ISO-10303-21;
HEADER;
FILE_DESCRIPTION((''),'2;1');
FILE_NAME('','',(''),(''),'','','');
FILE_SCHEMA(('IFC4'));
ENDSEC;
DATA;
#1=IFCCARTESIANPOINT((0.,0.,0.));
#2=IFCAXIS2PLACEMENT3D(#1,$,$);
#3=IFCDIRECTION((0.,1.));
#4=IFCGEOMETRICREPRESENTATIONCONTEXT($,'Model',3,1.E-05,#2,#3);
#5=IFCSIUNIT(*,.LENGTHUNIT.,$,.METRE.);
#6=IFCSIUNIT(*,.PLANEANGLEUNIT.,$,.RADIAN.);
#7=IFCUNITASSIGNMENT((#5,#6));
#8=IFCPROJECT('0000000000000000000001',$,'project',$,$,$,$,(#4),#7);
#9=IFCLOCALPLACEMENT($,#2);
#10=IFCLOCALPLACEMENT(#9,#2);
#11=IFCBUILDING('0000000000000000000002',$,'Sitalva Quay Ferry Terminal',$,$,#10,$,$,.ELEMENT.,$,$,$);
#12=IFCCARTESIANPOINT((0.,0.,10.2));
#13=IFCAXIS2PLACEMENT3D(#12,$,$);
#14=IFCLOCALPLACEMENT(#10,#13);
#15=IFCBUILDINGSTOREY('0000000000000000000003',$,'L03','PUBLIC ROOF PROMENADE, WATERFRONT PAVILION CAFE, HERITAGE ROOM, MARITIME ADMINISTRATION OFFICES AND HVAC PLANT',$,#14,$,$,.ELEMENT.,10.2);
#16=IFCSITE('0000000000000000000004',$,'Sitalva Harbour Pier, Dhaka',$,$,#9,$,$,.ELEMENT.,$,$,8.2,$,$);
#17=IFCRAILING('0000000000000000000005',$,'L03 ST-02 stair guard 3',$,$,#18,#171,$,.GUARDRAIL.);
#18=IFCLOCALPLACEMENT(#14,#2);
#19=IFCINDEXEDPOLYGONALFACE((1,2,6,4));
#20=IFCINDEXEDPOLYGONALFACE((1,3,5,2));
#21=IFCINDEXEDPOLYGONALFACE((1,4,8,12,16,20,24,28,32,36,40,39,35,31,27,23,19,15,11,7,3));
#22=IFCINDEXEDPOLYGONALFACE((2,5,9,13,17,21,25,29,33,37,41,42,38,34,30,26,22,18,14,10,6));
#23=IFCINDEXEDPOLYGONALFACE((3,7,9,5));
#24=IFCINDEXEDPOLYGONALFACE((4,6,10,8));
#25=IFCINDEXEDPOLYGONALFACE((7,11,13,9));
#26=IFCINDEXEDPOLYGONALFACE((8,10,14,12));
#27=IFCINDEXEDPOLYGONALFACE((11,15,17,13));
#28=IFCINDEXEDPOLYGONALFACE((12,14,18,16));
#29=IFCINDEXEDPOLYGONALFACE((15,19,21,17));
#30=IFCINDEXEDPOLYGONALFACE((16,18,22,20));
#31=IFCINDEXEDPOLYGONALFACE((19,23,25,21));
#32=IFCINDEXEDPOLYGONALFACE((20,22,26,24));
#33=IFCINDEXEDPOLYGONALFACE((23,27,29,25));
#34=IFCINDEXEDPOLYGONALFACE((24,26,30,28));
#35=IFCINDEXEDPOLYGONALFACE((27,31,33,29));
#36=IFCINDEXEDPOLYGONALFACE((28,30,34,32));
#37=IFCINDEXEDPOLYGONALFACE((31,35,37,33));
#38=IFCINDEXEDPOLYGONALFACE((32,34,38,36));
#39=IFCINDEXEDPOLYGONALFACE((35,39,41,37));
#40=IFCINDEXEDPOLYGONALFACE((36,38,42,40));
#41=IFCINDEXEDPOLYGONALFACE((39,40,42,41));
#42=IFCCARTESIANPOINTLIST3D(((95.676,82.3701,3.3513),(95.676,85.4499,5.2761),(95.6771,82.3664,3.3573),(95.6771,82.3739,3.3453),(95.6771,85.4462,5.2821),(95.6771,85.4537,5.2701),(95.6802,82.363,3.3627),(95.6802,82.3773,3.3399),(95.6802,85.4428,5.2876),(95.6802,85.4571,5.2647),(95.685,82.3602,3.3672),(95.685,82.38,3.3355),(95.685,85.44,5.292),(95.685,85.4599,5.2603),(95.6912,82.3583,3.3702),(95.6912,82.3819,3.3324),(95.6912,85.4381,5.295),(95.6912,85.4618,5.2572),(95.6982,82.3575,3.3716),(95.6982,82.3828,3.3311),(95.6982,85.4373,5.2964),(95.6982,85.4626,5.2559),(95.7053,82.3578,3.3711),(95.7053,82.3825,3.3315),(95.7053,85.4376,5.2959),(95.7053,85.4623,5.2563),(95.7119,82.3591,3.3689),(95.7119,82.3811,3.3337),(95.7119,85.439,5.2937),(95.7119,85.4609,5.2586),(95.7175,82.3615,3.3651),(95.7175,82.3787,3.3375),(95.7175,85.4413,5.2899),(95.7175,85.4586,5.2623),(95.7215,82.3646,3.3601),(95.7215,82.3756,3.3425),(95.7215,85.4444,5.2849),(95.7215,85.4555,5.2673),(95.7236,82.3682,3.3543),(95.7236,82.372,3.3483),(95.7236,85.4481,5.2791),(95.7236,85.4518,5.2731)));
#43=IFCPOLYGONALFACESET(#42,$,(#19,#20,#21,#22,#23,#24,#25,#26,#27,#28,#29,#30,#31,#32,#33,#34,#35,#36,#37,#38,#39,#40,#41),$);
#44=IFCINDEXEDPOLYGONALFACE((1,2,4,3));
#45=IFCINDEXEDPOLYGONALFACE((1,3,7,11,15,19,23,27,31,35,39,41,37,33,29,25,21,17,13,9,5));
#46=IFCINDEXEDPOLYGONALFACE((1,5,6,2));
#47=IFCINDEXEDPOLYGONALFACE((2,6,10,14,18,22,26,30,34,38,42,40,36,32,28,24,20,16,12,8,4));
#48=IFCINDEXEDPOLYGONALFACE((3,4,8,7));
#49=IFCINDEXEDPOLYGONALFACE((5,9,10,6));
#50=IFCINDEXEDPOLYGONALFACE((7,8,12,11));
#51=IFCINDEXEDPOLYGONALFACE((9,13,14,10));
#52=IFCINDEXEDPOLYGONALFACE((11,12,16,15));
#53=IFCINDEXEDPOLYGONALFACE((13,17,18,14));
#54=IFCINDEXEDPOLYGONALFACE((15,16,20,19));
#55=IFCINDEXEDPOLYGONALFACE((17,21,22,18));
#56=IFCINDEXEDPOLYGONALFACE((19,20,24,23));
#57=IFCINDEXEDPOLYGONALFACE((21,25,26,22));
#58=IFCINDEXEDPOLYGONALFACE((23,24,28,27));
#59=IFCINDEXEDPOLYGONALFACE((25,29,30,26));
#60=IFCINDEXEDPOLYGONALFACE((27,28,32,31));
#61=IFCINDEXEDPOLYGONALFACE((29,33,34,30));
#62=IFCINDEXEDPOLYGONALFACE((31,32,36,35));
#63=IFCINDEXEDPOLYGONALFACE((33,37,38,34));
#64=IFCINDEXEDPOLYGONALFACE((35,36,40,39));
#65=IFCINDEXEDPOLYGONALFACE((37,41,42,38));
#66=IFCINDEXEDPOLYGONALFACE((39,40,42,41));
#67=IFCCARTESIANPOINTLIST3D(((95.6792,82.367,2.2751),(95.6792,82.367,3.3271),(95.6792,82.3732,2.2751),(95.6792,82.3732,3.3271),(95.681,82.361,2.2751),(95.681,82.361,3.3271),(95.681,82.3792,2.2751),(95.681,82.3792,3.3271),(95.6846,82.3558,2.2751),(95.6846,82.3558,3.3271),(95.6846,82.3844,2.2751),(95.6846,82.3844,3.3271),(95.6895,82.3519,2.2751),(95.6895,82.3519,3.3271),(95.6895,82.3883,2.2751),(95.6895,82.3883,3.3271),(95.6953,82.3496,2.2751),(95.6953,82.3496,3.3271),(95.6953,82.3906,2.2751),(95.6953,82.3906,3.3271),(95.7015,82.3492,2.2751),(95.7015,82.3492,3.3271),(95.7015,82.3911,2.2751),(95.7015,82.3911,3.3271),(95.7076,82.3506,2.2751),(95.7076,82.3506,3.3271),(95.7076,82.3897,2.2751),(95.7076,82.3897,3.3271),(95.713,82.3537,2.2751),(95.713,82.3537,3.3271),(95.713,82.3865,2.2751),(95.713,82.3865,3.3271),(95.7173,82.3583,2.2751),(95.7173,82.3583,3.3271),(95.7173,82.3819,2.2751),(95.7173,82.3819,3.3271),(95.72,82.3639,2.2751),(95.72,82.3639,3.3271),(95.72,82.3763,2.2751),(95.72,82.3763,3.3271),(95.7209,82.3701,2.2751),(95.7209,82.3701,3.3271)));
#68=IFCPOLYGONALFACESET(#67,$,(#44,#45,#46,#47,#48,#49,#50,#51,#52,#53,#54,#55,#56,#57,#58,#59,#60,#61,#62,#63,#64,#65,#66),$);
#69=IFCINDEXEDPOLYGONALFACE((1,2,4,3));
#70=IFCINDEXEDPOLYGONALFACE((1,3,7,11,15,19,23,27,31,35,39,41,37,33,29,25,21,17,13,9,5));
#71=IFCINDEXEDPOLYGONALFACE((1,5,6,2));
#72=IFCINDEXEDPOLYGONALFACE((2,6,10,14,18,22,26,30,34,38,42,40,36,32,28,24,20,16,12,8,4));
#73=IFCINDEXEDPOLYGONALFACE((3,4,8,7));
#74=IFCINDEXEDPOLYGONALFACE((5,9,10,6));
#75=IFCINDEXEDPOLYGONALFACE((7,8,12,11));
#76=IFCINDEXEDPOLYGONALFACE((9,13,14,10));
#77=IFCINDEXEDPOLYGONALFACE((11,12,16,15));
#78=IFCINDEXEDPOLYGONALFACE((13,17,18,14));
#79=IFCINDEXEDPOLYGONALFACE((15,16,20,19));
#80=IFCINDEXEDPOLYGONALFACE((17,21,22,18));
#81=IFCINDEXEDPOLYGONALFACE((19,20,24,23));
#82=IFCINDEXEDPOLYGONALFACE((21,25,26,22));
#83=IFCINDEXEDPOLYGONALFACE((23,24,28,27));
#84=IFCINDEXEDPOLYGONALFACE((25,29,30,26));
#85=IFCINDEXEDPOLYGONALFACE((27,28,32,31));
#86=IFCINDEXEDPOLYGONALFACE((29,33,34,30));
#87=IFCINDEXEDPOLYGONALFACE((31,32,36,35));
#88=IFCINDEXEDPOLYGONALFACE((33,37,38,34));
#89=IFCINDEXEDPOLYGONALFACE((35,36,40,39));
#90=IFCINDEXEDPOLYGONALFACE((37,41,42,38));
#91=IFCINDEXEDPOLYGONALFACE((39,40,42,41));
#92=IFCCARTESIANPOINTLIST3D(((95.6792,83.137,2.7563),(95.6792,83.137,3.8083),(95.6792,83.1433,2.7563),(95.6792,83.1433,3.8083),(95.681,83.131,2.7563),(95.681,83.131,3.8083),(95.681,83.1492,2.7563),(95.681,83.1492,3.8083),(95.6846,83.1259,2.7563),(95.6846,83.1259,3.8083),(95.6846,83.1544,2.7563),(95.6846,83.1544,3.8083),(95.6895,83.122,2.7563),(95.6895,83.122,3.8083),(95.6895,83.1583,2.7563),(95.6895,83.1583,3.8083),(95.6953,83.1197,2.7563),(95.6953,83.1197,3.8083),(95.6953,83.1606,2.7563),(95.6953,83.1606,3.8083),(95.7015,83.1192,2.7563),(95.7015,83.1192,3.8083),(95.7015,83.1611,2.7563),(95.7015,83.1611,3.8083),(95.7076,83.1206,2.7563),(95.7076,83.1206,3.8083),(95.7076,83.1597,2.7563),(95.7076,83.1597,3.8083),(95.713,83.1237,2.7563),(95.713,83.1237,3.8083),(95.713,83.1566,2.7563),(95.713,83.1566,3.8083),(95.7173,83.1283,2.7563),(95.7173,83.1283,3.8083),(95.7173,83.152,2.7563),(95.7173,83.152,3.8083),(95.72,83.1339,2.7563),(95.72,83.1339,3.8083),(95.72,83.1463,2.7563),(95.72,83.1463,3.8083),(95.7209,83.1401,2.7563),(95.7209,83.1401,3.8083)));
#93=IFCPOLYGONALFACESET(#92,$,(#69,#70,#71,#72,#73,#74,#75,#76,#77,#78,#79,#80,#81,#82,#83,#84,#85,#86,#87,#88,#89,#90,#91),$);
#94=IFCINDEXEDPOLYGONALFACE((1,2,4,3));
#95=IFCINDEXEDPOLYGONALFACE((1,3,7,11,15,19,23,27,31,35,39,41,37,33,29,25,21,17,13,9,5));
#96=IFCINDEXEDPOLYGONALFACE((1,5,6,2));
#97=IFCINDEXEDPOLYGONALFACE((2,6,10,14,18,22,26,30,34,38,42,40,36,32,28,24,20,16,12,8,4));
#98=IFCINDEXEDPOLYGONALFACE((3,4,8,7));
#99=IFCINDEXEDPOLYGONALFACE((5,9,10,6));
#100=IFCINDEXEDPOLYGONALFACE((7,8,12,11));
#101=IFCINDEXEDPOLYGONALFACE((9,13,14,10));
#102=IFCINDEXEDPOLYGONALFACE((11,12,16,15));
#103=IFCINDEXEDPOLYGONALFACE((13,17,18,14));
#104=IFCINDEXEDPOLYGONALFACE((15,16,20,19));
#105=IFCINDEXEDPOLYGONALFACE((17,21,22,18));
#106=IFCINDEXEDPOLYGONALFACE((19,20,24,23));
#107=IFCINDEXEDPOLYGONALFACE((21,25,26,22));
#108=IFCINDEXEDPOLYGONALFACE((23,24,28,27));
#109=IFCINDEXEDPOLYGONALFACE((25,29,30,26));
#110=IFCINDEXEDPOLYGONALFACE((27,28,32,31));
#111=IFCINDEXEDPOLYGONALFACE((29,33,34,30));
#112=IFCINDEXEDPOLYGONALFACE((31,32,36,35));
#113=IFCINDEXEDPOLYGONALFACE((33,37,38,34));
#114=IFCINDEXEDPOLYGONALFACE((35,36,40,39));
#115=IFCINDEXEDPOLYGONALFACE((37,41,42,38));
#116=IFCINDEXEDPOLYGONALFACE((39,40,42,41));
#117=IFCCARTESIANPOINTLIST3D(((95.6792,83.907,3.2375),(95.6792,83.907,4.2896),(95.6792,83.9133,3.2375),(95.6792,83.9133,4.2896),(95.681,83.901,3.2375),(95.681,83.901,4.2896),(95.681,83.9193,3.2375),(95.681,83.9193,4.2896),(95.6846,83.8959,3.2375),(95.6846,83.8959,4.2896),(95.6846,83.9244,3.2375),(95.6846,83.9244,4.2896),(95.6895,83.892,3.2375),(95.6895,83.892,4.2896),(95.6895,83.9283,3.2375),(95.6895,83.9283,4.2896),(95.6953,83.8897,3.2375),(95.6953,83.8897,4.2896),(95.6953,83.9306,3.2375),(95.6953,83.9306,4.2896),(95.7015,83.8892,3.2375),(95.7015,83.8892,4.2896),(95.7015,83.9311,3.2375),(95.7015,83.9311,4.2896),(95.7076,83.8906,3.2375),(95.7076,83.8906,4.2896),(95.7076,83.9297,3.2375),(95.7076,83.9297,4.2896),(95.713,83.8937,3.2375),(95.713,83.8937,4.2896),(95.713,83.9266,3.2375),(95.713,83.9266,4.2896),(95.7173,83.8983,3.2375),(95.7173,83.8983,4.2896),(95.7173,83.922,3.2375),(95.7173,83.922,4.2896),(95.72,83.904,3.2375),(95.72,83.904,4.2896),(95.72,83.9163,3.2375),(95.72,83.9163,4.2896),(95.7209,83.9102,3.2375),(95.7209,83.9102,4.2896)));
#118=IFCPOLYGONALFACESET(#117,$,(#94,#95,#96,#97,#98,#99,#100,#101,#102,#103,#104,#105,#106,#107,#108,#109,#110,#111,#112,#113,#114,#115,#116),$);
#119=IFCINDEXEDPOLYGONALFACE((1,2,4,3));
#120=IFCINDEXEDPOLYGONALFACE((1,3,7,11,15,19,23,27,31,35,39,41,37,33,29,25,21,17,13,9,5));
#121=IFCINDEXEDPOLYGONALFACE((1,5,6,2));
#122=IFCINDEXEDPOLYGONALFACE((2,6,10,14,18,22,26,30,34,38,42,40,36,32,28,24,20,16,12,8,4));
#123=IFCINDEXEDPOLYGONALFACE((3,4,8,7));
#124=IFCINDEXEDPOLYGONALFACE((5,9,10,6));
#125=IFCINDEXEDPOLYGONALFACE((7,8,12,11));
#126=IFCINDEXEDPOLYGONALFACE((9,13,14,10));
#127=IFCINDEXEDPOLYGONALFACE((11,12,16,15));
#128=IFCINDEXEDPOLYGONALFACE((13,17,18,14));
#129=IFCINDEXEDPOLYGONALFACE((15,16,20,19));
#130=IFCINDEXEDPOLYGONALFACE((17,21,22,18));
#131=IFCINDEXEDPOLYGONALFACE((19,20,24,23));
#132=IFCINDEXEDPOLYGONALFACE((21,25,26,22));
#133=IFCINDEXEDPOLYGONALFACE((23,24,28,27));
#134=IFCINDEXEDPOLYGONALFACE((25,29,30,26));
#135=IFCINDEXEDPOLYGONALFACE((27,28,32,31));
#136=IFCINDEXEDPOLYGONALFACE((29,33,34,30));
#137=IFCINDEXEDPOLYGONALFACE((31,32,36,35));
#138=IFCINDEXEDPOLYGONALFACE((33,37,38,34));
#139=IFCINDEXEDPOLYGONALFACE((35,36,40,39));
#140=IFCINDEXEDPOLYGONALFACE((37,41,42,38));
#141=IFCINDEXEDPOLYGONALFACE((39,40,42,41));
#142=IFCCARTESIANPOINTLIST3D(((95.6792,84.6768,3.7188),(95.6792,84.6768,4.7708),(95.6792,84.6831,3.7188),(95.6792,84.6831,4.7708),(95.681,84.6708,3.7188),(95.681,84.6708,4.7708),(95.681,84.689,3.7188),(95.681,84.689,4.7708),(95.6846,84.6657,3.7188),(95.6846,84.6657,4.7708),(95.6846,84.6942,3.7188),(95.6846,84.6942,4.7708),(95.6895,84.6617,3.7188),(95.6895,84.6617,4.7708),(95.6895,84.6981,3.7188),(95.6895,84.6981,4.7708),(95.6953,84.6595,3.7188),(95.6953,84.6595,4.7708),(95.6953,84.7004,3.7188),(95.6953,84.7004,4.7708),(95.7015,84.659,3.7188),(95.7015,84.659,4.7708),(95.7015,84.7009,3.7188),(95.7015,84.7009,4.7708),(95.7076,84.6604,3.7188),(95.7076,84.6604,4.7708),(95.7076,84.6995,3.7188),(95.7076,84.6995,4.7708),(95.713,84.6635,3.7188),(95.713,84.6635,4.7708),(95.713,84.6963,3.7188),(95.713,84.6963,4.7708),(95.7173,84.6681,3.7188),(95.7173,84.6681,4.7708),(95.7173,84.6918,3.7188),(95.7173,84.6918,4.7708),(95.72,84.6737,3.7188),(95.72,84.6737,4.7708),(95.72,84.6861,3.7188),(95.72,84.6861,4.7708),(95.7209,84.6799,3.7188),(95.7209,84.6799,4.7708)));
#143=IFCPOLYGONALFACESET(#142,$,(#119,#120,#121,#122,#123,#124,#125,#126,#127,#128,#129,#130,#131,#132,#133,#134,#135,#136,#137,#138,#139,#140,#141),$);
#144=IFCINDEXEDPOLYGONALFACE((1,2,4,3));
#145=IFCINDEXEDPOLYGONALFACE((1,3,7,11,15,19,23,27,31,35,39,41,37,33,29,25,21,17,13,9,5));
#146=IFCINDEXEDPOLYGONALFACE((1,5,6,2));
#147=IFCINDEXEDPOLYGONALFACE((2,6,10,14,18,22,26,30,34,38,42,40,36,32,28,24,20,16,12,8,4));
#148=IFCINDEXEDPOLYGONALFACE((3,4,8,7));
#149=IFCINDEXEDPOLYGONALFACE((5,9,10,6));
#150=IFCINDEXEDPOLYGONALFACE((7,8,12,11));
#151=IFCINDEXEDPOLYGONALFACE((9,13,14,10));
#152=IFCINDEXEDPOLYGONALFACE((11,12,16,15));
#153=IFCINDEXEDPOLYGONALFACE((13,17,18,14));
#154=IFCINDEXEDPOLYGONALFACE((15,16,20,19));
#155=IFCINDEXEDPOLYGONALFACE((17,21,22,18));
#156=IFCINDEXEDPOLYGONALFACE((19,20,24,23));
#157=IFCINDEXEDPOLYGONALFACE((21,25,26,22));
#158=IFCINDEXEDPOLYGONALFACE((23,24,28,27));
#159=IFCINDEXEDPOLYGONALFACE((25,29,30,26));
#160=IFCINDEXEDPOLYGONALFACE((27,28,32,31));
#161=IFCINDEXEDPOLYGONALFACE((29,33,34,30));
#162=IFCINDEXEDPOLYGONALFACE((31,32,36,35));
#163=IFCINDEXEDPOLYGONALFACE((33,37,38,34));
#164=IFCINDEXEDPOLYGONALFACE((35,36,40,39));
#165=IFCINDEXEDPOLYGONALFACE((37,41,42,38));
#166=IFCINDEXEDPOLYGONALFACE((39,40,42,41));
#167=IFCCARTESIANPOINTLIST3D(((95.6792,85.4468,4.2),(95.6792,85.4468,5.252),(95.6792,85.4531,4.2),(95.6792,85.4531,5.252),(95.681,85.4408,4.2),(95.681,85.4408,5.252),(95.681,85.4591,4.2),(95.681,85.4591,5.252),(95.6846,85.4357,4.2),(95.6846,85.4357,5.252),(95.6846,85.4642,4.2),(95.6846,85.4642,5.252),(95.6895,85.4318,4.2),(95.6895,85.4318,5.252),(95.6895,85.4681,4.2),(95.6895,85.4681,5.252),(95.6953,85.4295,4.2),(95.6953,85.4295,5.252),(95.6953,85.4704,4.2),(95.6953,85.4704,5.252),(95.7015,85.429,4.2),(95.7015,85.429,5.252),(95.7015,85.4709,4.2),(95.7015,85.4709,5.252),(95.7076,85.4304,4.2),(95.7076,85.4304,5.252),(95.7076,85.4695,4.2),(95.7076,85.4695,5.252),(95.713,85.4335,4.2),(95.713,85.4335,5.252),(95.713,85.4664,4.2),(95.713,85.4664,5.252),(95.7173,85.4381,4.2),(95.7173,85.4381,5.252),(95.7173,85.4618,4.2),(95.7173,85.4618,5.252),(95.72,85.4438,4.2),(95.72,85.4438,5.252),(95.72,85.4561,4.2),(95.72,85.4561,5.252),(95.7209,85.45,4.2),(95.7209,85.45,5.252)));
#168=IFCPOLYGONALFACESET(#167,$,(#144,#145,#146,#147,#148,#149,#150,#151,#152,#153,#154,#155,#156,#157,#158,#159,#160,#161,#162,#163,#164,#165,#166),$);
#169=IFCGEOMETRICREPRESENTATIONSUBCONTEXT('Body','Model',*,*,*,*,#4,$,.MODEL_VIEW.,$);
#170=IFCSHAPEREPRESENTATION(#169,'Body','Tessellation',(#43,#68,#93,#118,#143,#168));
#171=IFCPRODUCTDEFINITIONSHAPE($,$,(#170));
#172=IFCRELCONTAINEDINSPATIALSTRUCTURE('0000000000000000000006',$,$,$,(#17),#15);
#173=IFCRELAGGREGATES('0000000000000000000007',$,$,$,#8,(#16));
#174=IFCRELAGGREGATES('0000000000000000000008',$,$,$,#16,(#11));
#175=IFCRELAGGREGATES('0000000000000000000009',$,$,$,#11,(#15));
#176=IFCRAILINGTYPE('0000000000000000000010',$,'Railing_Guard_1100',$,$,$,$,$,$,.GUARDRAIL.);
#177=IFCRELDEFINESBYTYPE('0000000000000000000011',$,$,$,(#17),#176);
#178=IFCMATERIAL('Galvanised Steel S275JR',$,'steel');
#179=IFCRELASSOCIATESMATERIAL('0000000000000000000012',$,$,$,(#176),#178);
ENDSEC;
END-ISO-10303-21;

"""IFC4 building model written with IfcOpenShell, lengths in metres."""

from ifc_helpers import new_model, si_unit, direction, frame, origin, origin_2d, place, context, subcontext, project, spatial, circle, extrude, material, type_object, element, save


model = new_model("IFC4")

# Units and contexts
model_context = context("Model", 3, precision=1e-05, world=origin(), true_north=direction((0.0, 1.0)))
body_context = subcontext(model_context, "Body", "Model", "MODEL_VIEW")
ifc_project = project(units=[si_unit("LENGTHUNIT", "METRE"), si_unit("PLANEANGLEUNIT", "RADIAN")], contexts=[model_context])

# Site, building, storey
site_placement = place(None, origin())
site = spatial("IfcSite", under=ifc_project, at=site_placement, Name="Sitalva Harbour Pier, Dhaka", CompositionType="ELEMENT", RefElevation=8.2)
building_placement = place(site_placement, origin())
building = spatial("IfcBuilding", under=site, at=building_placement, Name="Sitalva Quay Ferry Terminal", CompositionType="ELEMENT")
storey_placement = place(building_placement, frame((0.0, 0.0, 10.2)))
storey = spatial("IfcBuildingStorey", under=building, at=storey_placement, Name="L03", Description="PUBLIC ROOF PROMENADE, WATERFRONT PAVILION CAFE, HERITAGE ROOM, MARITIME ADMINISTRATION OFFICES AND HVAC PLANT", CompositionType="ELEMENT", Elevation=10.2)

# Railing
ifc_material_1 = material(Name="Galvanised Steel S275JR", Category="steel")
railing_type_1 = type_object("IfcRailingType", Name="Railing_Guard_1100", PredefinedType="GUARDRAIL", material=ifc_material_1)
railing_1_placement = place(storey_placement, frame((95.7, 82.3701, 2.2751)))
element("IfcRailing", 1, at=railing_1_placement, inside=storey, type_object=railing_type_1, Name="L03 ST-02 stair guard 3", PredefinedType="GUARDRAIL", context=body_context, shape_type="SweptSolid", body=[
    extrude(circle(Radius=0.0239, at=origin_2d()), frame((0.0, 0.0, 1.0762), z_axis=(0.0, 0.84801, 0.529981), x_axis=(-1.0, 0.0, 0.0)), (0.0, 0.0, 1.0), 3.6318),
    extrude(circle(Radius=0.021, at=origin_2d()), origin(), (0.0, 0.0, 1.0), 1.052),
    extrude(circle(Radius=0.021, at=origin_2d()), frame((0.0, 0.77, 0.4812)), (0.0, 0.0, 1.0), 1.052),
    extrude(circle(Radius=0.021, at=origin_2d()), frame((0.0, 1.54, 0.9624)), (0.0, 0.0, 1.0), 1.052),
    extrude(circle(Radius=0.021, at=origin_2d()), frame((0.0, 2.3098, 1.4436)), (0.0, 0.0, 1.0), 1.052),
    extrude(circle(Radius=0.021, at=origin_2d()), frame((0.0, 3.0798, 1.9248)), (0.0, 0.0, 1.0), 1.052),
])

save(model, "model.ifc")
